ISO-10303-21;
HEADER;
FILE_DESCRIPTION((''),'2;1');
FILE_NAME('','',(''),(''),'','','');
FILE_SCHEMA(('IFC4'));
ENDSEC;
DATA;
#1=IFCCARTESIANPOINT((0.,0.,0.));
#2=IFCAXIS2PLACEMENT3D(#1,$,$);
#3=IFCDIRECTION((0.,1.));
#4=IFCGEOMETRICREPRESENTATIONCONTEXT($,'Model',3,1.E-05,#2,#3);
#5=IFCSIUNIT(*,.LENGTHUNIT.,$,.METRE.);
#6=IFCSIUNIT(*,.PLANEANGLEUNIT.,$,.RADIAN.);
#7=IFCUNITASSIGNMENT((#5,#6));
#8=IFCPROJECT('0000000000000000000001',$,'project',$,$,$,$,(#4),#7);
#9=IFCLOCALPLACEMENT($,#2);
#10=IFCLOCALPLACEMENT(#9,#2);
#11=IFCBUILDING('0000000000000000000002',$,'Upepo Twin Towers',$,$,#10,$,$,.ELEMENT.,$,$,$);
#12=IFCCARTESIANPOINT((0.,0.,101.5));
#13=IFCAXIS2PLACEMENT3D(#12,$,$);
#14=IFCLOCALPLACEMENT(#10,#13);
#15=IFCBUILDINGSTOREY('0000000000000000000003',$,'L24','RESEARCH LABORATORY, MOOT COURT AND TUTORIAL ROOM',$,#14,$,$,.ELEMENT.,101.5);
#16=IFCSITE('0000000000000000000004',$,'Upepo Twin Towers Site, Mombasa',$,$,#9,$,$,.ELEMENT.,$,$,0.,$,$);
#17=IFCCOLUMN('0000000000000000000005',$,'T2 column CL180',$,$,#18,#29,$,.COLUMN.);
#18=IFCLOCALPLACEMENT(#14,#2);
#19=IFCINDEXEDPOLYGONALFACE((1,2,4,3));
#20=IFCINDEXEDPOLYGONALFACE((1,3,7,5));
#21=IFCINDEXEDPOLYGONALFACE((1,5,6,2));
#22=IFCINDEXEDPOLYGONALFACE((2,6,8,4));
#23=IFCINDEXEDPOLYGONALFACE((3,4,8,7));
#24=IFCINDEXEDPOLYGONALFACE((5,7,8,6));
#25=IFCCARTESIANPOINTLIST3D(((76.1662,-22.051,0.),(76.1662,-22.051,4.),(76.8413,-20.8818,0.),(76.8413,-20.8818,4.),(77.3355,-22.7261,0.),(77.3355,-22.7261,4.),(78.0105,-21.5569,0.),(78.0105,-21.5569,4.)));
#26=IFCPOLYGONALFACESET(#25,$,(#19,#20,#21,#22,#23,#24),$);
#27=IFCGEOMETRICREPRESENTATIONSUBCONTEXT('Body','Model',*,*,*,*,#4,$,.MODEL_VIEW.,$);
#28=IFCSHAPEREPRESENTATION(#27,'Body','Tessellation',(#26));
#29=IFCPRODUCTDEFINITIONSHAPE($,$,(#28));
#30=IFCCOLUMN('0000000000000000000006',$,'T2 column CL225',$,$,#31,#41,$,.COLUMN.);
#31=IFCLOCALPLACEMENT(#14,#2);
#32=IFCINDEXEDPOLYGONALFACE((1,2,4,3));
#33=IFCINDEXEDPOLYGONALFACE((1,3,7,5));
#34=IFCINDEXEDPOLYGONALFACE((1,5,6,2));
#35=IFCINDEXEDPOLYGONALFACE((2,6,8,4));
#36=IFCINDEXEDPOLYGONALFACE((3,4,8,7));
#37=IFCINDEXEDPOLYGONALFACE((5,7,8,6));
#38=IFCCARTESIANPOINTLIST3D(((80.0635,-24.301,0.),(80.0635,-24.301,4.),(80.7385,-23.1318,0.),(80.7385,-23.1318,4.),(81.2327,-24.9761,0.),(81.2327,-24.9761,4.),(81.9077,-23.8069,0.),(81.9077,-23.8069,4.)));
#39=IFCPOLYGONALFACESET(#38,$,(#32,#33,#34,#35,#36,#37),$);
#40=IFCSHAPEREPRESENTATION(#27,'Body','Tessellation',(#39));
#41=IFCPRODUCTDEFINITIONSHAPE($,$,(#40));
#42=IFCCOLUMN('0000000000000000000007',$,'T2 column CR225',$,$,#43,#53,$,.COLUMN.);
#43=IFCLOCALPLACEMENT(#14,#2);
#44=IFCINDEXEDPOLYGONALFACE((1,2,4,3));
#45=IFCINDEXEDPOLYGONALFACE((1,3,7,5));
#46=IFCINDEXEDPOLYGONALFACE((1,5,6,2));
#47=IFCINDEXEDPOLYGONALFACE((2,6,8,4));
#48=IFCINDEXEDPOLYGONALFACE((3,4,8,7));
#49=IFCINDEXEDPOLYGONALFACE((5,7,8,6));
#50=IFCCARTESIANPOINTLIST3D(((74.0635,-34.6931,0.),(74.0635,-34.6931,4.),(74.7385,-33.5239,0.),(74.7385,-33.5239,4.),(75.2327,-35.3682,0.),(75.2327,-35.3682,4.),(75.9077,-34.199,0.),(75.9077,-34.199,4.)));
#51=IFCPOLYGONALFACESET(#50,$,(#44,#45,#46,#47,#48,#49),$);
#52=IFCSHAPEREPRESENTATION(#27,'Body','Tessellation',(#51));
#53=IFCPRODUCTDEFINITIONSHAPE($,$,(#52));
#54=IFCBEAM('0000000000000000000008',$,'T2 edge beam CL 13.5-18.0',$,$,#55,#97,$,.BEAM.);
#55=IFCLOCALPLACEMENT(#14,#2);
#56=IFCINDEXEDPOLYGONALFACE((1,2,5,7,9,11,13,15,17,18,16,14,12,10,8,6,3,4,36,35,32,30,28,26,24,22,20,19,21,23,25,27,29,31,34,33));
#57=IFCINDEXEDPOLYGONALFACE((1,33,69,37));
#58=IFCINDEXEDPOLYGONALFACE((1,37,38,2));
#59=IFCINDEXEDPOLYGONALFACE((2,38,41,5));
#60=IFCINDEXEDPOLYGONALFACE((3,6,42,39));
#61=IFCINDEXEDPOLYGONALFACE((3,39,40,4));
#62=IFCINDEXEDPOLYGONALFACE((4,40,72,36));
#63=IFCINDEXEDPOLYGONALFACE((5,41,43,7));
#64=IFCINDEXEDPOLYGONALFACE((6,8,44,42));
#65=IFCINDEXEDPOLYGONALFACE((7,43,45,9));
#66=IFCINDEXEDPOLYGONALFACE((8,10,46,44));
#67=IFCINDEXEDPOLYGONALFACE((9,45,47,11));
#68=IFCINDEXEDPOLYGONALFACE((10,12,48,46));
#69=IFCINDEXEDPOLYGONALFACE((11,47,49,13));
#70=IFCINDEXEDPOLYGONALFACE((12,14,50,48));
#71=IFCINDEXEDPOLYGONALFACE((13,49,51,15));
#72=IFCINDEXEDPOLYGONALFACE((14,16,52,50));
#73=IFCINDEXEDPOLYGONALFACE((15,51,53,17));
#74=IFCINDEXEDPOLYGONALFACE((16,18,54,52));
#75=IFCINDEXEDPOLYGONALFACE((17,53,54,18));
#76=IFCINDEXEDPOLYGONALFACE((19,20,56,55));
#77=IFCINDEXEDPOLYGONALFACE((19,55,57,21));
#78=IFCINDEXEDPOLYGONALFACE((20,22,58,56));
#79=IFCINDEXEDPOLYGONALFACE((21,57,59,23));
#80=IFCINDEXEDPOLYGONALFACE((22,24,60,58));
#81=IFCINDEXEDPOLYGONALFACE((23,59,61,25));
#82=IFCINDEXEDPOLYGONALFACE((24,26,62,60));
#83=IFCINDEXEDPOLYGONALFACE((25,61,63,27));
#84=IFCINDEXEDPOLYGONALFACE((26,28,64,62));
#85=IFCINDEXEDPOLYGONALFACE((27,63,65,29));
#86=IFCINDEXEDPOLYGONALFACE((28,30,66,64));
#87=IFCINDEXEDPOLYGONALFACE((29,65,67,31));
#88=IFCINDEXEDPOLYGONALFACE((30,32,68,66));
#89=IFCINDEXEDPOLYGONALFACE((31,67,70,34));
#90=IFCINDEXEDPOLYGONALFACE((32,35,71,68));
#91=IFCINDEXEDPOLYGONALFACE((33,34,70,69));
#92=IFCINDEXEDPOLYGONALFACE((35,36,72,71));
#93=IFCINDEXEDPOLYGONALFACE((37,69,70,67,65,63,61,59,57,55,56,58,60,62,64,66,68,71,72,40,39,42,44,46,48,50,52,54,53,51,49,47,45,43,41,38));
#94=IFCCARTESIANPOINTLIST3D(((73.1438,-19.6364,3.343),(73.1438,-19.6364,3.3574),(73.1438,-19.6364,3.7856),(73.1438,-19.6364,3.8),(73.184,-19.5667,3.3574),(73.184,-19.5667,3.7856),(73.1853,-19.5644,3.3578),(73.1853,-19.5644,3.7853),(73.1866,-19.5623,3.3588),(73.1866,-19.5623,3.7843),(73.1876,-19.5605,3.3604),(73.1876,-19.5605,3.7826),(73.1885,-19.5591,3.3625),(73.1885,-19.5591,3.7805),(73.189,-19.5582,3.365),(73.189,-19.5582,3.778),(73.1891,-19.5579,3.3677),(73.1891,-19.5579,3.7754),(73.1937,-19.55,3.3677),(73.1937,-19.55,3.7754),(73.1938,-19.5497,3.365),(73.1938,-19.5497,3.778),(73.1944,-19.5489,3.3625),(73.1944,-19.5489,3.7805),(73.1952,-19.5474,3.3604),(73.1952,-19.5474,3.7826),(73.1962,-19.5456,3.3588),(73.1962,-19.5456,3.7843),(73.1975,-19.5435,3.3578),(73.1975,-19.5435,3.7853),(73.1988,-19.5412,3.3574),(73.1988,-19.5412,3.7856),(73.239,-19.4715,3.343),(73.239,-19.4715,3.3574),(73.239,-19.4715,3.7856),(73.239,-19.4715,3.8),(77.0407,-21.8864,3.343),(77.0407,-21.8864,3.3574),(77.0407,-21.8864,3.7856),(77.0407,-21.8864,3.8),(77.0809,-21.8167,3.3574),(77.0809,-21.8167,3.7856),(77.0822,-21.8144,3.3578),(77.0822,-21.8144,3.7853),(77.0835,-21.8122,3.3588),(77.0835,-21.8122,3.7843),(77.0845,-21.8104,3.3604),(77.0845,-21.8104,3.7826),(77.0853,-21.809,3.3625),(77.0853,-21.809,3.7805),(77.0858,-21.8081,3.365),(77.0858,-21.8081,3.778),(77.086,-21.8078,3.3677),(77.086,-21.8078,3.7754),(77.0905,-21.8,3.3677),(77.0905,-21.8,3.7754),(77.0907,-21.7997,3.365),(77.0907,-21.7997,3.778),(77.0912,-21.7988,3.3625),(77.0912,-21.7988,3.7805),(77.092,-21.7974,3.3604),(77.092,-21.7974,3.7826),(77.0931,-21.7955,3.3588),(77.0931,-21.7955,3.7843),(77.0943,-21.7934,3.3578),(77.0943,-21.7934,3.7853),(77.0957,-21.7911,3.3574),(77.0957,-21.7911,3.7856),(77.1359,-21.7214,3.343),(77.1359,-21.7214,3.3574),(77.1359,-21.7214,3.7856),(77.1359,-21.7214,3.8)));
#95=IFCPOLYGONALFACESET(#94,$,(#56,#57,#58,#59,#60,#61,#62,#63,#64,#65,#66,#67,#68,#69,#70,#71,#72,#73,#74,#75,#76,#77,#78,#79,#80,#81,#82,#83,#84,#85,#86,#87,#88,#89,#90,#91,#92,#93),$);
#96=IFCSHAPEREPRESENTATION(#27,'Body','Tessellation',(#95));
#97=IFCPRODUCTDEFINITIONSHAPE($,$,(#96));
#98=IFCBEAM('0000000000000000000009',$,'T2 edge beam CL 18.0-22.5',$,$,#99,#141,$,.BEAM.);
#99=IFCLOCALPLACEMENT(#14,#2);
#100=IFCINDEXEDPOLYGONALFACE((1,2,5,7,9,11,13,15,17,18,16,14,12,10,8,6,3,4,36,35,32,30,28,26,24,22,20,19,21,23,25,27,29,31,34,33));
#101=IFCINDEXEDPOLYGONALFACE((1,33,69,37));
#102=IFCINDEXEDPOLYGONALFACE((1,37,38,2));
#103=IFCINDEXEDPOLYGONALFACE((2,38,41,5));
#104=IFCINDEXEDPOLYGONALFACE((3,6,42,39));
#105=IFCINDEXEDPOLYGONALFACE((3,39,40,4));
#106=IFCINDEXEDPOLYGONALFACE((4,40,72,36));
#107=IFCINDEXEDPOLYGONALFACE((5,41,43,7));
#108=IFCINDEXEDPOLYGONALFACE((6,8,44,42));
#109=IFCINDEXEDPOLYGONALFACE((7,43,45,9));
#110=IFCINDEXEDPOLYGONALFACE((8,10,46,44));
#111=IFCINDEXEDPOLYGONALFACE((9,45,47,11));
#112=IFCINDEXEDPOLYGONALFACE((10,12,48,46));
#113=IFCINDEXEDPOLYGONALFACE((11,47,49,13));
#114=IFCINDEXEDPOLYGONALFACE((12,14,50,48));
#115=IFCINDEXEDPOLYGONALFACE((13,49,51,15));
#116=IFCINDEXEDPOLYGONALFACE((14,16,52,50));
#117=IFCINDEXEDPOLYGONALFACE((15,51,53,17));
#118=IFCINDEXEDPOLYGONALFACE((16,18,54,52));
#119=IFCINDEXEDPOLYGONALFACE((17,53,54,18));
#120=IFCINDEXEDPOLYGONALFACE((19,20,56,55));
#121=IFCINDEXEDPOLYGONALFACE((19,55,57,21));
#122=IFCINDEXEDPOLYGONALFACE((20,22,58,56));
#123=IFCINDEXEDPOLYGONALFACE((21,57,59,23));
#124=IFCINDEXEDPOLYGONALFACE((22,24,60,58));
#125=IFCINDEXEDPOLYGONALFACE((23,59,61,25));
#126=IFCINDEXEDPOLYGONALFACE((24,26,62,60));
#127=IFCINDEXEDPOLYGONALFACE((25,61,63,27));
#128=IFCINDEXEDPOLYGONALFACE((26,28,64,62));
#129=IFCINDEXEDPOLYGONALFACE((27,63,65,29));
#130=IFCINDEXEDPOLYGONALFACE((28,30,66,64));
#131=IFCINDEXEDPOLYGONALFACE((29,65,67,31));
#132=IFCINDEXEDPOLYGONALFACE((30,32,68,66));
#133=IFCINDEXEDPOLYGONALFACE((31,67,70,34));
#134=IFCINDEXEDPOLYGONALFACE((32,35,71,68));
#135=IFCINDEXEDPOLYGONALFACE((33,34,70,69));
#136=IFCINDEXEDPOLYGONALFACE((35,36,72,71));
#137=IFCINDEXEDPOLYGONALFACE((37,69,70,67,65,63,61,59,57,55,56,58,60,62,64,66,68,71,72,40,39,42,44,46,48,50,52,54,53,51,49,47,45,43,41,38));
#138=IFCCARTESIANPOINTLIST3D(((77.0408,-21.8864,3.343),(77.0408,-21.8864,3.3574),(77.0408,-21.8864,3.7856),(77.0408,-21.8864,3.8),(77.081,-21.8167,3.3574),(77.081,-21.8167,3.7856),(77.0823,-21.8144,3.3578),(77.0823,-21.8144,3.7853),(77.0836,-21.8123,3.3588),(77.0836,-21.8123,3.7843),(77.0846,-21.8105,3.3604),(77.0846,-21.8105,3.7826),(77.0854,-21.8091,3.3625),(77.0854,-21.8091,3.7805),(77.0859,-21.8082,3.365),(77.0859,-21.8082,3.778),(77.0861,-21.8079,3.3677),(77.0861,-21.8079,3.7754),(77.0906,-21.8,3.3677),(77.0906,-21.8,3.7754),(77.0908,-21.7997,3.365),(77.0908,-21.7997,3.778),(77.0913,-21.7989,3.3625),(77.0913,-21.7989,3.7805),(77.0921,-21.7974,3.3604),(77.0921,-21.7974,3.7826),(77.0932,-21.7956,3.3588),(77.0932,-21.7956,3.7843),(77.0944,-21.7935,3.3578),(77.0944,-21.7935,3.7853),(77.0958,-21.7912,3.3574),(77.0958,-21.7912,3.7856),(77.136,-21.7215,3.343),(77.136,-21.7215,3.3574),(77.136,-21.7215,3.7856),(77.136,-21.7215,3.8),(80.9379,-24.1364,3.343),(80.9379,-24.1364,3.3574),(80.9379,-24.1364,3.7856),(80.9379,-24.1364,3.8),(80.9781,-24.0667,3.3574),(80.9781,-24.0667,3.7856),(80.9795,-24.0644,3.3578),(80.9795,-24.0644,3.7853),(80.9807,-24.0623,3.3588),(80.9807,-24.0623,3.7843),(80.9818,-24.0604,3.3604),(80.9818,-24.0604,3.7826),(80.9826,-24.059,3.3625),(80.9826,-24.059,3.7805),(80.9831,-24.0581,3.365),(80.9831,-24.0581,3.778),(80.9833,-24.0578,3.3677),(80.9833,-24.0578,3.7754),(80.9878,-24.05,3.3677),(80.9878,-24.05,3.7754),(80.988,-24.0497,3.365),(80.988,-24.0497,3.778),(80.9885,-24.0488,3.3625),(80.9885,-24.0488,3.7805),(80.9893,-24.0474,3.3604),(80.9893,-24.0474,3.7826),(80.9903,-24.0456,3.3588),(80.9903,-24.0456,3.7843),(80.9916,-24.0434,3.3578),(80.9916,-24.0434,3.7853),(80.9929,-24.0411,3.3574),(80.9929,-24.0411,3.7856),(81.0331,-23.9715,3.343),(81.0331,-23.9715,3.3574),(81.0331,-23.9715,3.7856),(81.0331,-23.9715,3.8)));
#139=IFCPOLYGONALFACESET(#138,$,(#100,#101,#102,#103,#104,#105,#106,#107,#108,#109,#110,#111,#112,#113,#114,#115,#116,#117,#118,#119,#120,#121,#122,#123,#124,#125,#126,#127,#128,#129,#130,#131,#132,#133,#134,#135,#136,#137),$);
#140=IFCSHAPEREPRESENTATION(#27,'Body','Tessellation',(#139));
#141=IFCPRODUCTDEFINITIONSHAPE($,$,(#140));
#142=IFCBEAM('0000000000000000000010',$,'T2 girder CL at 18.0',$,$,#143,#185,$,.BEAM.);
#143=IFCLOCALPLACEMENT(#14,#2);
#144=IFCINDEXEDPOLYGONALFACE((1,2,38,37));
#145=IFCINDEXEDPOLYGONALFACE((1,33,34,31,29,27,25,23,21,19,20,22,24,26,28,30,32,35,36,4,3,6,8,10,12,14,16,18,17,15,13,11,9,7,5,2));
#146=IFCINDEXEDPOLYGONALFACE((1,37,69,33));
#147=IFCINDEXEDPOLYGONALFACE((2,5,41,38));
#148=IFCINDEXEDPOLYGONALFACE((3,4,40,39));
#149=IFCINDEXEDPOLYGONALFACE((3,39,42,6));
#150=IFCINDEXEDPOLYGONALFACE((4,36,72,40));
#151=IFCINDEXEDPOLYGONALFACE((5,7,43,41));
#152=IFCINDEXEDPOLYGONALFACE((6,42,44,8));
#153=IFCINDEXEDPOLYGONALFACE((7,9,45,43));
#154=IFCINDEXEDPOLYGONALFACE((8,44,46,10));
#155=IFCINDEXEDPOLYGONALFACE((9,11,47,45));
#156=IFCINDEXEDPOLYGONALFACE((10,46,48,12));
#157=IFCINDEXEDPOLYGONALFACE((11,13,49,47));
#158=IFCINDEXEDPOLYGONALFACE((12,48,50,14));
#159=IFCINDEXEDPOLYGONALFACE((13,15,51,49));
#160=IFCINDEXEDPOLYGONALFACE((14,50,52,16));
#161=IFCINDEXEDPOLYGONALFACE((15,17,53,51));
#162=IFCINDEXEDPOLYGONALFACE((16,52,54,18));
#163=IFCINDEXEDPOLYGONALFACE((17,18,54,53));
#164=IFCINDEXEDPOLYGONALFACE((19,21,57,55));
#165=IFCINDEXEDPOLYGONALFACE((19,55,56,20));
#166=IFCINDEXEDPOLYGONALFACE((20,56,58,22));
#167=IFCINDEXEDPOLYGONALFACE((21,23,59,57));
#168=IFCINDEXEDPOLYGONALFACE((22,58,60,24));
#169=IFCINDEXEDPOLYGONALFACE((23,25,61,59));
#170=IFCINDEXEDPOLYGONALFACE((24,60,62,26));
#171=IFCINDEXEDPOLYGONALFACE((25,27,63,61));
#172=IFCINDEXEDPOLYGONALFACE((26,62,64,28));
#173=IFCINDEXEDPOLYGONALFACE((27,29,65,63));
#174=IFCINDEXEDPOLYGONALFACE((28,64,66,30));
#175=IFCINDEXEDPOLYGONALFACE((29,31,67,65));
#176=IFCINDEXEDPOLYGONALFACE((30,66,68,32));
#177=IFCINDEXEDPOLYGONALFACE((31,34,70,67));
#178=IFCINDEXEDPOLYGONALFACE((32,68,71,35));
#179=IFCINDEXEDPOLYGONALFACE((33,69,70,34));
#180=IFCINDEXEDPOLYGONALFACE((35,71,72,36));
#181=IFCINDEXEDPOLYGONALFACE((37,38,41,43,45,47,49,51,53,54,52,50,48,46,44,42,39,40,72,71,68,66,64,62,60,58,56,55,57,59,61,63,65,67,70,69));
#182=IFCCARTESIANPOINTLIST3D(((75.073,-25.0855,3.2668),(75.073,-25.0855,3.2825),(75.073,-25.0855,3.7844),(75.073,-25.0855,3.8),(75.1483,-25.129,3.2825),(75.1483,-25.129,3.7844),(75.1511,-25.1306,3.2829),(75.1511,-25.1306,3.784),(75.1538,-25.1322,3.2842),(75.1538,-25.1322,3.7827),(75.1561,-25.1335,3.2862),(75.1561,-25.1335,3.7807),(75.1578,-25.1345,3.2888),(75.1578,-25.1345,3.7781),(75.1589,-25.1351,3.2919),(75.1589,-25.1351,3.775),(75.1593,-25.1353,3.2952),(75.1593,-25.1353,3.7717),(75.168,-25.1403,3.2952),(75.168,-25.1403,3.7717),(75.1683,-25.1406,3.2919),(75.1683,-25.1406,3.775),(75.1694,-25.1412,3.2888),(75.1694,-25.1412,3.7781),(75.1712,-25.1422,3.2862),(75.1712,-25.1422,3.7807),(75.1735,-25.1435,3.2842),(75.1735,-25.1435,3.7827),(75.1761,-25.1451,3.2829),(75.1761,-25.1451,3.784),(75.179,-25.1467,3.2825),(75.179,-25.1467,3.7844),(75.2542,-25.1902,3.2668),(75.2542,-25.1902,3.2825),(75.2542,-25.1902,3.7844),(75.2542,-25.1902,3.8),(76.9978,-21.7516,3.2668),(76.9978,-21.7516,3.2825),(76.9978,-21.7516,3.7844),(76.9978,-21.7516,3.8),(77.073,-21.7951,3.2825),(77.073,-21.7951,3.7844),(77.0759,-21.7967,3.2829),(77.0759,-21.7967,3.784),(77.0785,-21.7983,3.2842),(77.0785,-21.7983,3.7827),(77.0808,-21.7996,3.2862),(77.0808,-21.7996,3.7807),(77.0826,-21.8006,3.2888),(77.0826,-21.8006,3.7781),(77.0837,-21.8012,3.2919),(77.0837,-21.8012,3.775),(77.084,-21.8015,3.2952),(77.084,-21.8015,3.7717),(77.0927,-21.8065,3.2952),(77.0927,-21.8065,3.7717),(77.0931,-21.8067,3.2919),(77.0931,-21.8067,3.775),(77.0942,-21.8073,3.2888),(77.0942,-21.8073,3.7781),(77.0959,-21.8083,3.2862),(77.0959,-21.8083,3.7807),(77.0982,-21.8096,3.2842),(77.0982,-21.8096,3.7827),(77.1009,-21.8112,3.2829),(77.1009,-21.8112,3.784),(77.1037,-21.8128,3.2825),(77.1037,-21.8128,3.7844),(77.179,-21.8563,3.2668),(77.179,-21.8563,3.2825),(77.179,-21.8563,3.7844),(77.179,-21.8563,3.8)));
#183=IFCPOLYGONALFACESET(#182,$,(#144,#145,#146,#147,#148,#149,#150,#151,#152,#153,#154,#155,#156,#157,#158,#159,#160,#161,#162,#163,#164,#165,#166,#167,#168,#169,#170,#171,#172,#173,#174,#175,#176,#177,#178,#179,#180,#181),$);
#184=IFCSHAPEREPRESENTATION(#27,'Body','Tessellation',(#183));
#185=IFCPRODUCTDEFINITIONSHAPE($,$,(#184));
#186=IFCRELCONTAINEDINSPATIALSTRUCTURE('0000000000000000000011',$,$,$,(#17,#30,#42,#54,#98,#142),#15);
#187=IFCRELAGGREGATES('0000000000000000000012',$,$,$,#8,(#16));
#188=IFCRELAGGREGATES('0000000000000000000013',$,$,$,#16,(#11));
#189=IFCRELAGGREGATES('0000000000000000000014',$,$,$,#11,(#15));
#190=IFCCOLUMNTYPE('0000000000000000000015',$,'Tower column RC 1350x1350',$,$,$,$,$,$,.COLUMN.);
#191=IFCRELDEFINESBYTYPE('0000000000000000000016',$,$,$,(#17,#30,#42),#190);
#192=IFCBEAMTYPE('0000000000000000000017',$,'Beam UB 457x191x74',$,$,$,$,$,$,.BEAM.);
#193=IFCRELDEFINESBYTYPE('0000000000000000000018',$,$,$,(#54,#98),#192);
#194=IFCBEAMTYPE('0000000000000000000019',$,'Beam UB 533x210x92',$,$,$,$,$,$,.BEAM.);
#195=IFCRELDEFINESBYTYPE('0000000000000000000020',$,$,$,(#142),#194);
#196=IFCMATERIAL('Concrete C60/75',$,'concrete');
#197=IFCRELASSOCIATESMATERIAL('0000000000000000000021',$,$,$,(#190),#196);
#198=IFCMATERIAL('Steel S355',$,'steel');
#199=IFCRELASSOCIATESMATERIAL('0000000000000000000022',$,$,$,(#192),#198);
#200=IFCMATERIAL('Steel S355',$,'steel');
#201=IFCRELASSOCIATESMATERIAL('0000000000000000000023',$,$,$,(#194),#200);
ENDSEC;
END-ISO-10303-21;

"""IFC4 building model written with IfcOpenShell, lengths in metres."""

from ifc_helpers import new_model, si_unit, direction, frame, origin, origin_2d, place, context, subcontext, project, spatial, rectangle, i_section, extrude, material, material_profile, profile_set, type_object, element, save


model = new_model("IFC4")

# Units and contexts
model_context = context("Model", 3, precision=1e-05, world=origin(), true_north=direction((0.0, 1.0)))
body_context = subcontext(model_context, "Body", "Model", "MODEL_VIEW")
ifc_project = project(units=[si_unit("LENGTHUNIT", "METRE"), si_unit("PLANEANGLEUNIT", "RADIAN")], contexts=[model_context])

# Site, building, storey
site_placement = place(None, origin())
site = spatial("IfcSite", under=ifc_project, at=site_placement, Name="Upepo Twin Towers Site, Mombasa", CompositionType="ELEMENT", RefElevation=0.0)
building_placement = place(site_placement, origin())
building = spatial("IfcBuilding", under=site, at=building_placement, Name="Upepo Twin Towers", CompositionType="ELEMENT")
storey_placement = place(building_placement, frame((0.0, 0.0, 101.5)))
storey = spatial("IfcBuildingStorey", under=building, at=storey_placement, Name="L24", Description="RESEARCH LABORATORY, MOOT COURT AND TUTORIAL ROOM", CompositionType="ELEMENT", Elevation=101.5)

# Columns
ifc_material_1 = material(Name="Concrete C60/75", Category="concrete")
ifc_material_profile_1 = material_profile(ifc_material_1, rectangle(XDim=1.3501, YDim=1.3501, at=origin_2d()), Name="RC 1350x1350")
ifc_profile_set_1 = profile_set([ifc_material_profile_1], Name="Concrete C60/75")
column_type = type_object("IfcColumnType", Name="Tower column RC 1350x1350", PredefinedType="COLUMN", material=ifc_profile_set_1)
for number, where, z_axis, x_axis, name in (
    (1, (77.0884, -21.804, 0.0), (0.0, 0.0, 1.0), (0.5, 0.866025, 0.0), "T2 column CL180"),
    (2, (80.9856, -24.054, 0.0), (0.0, 0.0, 1.0), (0.5, 0.866025, 0.0), "T2 column CL225"),
    (3, (74.9856, -34.446, 0.0), (0.0, 0.0, 1.0), (0.5, 0.866025, 0.0), "T2 column CR225"),
):
    element("IfcColumn", number, at=place(storey_placement, frame(where, z_axis=z_axis, x_axis=x_axis)), inside=storey, type_object=column_type, Name=name, PredefinedType="COLUMN", context=body_context, shape_type="SweptSolid", body=[
        extrude(rectangle(XDim=1.3501, YDim=1.3501, at=origin_2d()), origin(), (0.0, 0.0, 1.0), 4.0),
    ])

# Beams
ifc_material_2 = material(Name="Steel S355", Category="steel")
ifc_material_profile_2 = material_profile(ifc_material_2, i_section(OverallWidth=0.1904, OverallDepth=0.457, WebThickness=0.009, FlangeThickness=0.0144, FilletRadius=0.0103, at=origin_2d()), Name="UB 457x191x74")
ifc_profile_set_2 = profile_set([ifc_material_profile_2], Name="Steel S355")
beam_type_1 = type_object("IfcBeamType", Name="Beam UB 457x191x74", PredefinedType="BEAM", material=ifc_profile_set_2)
beam_1_placement = place(storey_placement, frame((73.1914, -19.554, 3.5715), z_axis=(0.866018, -0.500014, 0.0), x_axis=(0.500014, 0.866018, 0.0)))
element("IfcBeam", 4, at=beam_1_placement, inside=storey, type_object=beam_type_1, Name="T2 edge beam CL 13.5-18.0", PredefinedType="BEAM", context=body_context, shape_type="SweptSolid", body=[
    extrude(i_section(OverallWidth=0.1904, OverallDepth=0.457, WebThickness=0.009, FlangeThickness=0.0144, FilletRadius=0.0103, at=origin_2d()), origin(), (0.0, 0.0, 1.0), 4.4998),
])
beam_2_placement = place(storey_placement, frame((77.0884, -21.804, 3.5715), z_axis=(0.866031, -0.49999, 0.0), x_axis=(0.49999, 0.866031, 0.0)))
element("IfcBeam", 5, at=beam_2_placement, inside=storey, type_object=beam_type_1, Name="T2 edge beam CL 18.0-22.5", PredefinedType="BEAM", context=body_context, shape_type="SweptSolid", body=[
    extrude(i_section(OverallWidth=0.1904, OverallDepth=0.457, WebThickness=0.009, FlangeThickness=0.0144, FilletRadius=0.0103, at=origin_2d()), origin(), (0.0, 0.0, 1.0), 4.5),
])
ifc_material_3 = material(Name="Steel S355", Category="steel")
ifc_material_profile_3 = material_profile(ifc_material_3, i_section(OverallWidth=0.2092, OverallDepth=0.5332, WebThickness=0.01, FlangeThickness=0.0156, FilletRadius=0.0127, at=origin_2d()), Name="UB 533x210x92")
ifc_profile_set_3 = profile_set([ifc_material_profile_3], Name="Steel S355")
beam_type_2 = type_object("IfcBeamType", Name="Beam UB 533x210x92", PredefinedType="BEAM", material=ifc_profile_set_3)
beam_3_placement = place(storey_placement, frame((77.0884, -21.804, 3.5334), z_axis=(-0.499986, -0.866034, 0.0), x_axis=(0.866034, -0.499986, 0.0)))
element("IfcBeam", 6, at=beam_3_placement, inside=storey, type_object=beam_type_2, Name="T2 girder CL at 18.0", PredefinedType="BEAM", context=body_context, shape_type="SweptSolid", body=[
    extrude(i_section(OverallWidth=0.2092, OverallDepth=0.5332, WebThickness=0.01, FlangeThickness=0.0156, FilletRadius=0.0127, at=origin_2d()), origin(), (0.0, 0.0, 1.0), 3.8496),
])

save(model, "model.ifc")
